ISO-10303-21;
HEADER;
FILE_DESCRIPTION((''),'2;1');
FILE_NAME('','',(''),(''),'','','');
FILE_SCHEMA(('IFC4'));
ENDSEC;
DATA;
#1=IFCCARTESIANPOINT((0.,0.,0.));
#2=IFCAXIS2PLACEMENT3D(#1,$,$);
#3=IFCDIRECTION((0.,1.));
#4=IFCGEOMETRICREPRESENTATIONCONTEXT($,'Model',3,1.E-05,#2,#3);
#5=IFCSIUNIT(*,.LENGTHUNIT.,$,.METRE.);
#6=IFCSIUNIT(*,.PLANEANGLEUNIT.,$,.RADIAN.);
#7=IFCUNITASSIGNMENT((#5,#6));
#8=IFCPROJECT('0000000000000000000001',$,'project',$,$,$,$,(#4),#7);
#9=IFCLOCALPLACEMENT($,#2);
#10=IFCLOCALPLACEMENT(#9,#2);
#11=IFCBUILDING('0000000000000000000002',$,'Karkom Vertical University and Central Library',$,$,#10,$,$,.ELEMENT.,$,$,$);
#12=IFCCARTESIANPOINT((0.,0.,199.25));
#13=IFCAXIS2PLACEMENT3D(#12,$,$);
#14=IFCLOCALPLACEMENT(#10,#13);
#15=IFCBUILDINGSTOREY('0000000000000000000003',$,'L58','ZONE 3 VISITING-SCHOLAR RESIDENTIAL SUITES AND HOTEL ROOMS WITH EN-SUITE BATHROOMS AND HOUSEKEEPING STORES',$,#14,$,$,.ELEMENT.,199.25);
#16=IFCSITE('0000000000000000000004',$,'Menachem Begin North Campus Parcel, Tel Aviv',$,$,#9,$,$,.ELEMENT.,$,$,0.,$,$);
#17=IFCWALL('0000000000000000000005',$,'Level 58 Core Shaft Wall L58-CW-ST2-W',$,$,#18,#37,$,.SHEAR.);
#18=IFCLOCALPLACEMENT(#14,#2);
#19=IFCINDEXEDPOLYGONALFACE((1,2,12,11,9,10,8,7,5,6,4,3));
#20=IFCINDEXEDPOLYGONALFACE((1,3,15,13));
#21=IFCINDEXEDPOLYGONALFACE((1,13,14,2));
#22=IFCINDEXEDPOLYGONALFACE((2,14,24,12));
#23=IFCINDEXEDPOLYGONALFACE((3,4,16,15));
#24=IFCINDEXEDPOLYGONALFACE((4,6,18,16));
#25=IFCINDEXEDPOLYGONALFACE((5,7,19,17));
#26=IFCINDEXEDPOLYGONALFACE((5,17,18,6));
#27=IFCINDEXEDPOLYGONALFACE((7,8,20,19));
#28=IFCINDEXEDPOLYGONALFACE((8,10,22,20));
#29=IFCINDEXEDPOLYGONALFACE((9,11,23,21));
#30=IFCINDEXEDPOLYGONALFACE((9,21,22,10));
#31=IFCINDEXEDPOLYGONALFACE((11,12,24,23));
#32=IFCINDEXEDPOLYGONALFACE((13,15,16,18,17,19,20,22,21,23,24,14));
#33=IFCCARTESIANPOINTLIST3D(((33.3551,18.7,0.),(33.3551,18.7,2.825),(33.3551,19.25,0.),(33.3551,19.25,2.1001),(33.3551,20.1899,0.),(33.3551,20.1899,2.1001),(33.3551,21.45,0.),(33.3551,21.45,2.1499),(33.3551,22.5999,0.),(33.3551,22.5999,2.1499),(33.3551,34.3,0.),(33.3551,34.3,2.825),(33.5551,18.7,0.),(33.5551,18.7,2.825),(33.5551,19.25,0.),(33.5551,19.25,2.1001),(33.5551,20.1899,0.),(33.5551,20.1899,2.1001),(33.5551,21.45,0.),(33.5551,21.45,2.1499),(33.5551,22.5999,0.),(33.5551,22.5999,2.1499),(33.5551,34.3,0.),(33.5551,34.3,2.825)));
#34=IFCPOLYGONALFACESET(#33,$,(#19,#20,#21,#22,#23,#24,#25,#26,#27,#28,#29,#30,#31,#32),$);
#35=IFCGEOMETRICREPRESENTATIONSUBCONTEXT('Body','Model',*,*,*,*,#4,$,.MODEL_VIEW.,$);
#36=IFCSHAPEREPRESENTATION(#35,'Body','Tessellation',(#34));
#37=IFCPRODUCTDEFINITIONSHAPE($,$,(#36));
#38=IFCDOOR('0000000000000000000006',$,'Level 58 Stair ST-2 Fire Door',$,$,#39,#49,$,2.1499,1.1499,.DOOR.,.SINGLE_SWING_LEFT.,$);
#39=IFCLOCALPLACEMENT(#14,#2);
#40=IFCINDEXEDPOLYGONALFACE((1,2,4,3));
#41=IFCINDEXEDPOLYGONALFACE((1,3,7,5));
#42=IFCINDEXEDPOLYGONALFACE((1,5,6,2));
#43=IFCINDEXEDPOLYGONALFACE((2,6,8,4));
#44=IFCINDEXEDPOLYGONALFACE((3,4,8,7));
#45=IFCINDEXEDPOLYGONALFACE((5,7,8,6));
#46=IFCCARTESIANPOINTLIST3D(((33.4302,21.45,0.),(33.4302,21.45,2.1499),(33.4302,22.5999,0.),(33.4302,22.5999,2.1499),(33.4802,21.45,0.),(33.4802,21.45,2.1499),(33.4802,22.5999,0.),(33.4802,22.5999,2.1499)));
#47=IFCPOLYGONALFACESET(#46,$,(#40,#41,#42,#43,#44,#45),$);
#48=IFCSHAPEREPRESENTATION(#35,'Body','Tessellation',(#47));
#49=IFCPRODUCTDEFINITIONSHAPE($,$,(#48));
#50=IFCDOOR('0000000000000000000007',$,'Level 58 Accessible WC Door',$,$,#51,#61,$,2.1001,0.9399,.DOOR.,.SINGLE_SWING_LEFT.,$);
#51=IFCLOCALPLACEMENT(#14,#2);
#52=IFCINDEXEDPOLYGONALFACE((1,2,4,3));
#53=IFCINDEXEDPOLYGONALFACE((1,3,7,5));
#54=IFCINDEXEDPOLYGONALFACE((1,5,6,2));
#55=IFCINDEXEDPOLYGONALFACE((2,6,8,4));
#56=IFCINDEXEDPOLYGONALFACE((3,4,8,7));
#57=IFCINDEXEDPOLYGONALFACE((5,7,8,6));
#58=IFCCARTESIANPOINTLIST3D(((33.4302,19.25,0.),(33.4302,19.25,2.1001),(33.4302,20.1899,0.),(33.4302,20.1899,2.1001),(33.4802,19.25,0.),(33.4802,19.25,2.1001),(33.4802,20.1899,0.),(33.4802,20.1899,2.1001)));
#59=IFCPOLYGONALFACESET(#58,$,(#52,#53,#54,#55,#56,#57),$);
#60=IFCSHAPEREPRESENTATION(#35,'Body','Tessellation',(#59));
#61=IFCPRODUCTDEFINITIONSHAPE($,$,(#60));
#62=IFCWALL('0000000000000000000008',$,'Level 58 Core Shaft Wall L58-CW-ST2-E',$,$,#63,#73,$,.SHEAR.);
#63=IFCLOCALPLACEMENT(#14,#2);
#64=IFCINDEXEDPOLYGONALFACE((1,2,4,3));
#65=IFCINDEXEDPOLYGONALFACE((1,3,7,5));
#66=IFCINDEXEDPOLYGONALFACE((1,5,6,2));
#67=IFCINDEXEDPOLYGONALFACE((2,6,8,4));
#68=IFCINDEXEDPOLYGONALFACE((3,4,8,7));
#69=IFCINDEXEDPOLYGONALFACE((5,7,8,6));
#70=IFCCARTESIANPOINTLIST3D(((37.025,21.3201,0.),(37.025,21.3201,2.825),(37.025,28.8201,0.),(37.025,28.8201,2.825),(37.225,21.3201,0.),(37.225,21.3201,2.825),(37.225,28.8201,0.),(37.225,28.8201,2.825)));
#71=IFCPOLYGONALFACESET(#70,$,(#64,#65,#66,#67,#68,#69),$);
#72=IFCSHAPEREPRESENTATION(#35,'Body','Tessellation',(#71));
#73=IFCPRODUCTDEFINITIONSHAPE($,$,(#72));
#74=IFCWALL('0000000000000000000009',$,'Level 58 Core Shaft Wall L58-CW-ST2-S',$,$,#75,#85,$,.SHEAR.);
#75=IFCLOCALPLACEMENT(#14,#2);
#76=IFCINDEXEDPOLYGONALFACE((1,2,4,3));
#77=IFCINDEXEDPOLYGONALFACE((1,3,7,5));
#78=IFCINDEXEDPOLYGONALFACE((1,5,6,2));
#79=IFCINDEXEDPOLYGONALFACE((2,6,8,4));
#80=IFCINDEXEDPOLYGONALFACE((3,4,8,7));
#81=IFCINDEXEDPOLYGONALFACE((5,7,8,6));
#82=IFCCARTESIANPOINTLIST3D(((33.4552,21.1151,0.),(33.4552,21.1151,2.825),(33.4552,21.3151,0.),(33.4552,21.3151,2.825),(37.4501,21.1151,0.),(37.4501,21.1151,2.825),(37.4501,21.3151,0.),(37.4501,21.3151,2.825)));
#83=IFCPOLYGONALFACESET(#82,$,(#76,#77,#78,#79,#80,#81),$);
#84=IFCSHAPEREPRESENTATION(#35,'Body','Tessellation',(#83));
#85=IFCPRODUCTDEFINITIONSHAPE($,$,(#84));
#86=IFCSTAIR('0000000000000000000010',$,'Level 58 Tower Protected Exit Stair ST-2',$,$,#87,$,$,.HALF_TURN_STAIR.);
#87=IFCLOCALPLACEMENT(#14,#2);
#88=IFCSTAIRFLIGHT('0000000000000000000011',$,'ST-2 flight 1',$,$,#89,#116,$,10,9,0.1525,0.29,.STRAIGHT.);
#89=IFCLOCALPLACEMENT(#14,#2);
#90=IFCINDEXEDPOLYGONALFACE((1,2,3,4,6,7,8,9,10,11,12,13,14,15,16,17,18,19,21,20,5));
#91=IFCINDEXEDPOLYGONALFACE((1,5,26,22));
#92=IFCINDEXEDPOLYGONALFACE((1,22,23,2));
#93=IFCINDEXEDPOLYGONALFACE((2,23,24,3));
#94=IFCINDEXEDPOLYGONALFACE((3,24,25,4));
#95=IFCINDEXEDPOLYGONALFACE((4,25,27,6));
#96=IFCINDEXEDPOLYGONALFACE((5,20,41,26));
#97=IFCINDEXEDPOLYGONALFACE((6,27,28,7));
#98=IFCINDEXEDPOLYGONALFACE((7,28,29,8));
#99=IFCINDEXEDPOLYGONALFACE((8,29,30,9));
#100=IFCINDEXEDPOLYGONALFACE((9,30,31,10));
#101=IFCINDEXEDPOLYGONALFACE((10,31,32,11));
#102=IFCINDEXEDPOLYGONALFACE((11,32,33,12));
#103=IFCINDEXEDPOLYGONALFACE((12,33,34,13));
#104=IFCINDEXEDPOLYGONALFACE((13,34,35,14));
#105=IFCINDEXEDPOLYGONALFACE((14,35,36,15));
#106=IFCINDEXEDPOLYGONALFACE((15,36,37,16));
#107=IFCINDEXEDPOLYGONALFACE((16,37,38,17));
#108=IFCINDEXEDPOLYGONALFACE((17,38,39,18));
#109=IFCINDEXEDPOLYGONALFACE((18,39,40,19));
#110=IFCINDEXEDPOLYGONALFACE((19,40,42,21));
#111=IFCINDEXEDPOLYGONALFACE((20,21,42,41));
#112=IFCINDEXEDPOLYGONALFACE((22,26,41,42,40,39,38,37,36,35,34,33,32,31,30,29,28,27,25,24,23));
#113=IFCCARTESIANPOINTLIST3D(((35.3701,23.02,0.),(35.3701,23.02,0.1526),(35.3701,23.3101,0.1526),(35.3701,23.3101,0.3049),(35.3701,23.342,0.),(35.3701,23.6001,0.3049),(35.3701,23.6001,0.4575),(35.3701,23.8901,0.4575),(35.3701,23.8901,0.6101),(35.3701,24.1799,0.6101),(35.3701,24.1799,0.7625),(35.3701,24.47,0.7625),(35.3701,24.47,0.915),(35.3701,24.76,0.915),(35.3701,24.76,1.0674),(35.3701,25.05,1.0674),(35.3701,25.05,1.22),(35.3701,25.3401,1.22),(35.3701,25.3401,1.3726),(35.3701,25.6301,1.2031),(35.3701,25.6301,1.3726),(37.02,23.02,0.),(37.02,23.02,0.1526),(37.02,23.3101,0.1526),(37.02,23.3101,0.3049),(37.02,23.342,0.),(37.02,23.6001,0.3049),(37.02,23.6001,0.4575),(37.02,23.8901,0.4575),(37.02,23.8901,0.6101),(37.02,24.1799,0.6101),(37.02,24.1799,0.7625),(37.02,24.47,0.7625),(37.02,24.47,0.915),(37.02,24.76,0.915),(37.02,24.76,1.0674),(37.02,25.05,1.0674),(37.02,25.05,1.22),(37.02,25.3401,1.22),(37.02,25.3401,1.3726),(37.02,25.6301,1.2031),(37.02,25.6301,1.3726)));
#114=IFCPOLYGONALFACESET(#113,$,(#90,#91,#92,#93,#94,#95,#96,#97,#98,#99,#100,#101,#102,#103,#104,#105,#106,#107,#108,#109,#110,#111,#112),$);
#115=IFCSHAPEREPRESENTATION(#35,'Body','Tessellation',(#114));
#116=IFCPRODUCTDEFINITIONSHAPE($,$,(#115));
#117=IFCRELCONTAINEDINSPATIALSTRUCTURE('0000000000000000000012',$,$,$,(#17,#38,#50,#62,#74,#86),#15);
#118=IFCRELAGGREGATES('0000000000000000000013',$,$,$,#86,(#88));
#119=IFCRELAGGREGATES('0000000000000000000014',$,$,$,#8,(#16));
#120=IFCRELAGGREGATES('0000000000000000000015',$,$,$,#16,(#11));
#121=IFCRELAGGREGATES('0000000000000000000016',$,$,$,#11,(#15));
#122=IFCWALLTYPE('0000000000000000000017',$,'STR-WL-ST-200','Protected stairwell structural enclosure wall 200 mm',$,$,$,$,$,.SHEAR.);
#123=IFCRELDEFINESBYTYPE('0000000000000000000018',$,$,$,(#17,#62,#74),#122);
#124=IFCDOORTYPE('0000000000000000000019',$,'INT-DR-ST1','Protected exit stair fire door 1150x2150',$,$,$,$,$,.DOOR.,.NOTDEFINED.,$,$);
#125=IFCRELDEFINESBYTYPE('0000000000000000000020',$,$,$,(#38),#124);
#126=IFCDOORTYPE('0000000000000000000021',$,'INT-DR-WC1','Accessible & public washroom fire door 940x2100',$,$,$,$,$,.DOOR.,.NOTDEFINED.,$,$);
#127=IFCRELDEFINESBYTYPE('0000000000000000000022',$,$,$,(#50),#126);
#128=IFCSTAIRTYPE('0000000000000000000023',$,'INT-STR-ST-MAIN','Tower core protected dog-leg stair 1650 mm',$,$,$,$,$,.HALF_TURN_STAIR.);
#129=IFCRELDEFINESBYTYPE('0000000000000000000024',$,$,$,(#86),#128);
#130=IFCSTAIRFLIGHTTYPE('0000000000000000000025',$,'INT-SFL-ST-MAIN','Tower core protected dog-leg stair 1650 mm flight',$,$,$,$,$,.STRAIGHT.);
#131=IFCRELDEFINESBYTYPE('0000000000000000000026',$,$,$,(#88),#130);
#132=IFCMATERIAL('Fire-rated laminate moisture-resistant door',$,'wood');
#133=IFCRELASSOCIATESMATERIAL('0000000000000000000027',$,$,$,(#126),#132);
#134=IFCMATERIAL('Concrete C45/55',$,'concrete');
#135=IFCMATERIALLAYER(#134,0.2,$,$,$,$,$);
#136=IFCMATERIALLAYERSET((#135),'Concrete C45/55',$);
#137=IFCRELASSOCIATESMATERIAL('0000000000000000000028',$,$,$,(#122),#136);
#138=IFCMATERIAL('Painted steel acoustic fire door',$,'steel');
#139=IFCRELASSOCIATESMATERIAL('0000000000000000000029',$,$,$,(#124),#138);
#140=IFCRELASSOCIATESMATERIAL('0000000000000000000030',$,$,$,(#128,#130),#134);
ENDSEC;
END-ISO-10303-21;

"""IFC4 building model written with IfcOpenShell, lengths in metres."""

from ifc_helpers import new_model, si_unit, direction, frame, frame_2d, origin, origin_with_axes, place, context, subcontext, project, spatial, polyline, rectangle, outline, extrude, source, transform, mapped, material, layer, layer_set, type_object, element, fill, aggregate, save


model = new_model("IFC4")

# Units and contexts
model_context = context("Model", 3, precision=1e-05, world=origin(), true_north=direction((0.0, 1.0)))
body_context = subcontext(model_context, "Body", "Model", "MODEL_VIEW")
ifc_project = project(units=[si_unit("LENGTHUNIT", "METRE"), si_unit("PLANEANGLEUNIT", "RADIAN")], contexts=[model_context])

# Site, building, storey
site_placement = place(None, origin())
site = spatial("IfcSite", under=ifc_project, at=site_placement, Name="Menachem Begin North Campus Parcel, Tel Aviv", CompositionType="ELEMENT", RefElevation=0.0)
building_placement = place(site_placement, origin())
building = spatial("IfcBuilding", under=site, at=building_placement, Name="Karkom Vertical University and Central Library", CompositionType="ELEMENT")
storey_placement = place(building_placement, frame((0.0, 0.0, 199.25)))
storey = spatial("IfcBuildingStorey", under=building, at=storey_placement, Name="L58", Description="ZONE 3 VISITING-SCHOLAR RESIDENTIAL SUITES AND HOTEL ROOMS WITH EN-SUITE BATHROOMS AND HOUSEKEEPING STORES", CompositionType="ELEMENT", Elevation=199.25)

# Shared definitions
ifc_material_1 = material(Name="Fire-rated laminate moisture-resistant door", Category="wood")
door_type_1 = type_object("IfcDoorType", Name="INT-DR-WC1", Description="Accessible & public washroom fire door 940x2100", OperationType="NOTDEFINED", PredefinedType="DOOR", material=ifc_material_1)
shared_shape_1 = source(origin_with_axes(), body_context, "Body", "SweptSolid", [
    extrude(rectangle(XDim=0.9399, YDim=2.1001, at=frame_2d((0.47, 1.05))), frame((0.0, 0.0249, 0.0), z_axis=(0.0, -1.0, 0.0), x_axis=(1.0, 0.0, 0.0)), (0.0, 0.0, 1.0), 0.05),
])

# Wall, openings, doors
ifc_material_2 = material(Name="Concrete C45/55", Category="concrete")
ifc_layer_1 = layer(ifc_material_2, 0.2)
ifc_layer_set_1 = layer_set([ifc_layer_1], Name="Concrete C45/55")
wall_type_1 = type_object("IfcWallType", Name="STR-WL-ST-200", Description="Protected stairwell structural enclosure wall 200 mm", PredefinedType="SHEAR", material=ifc_layer_set_1)
wall_1_placement = place(storey_placement, frame((33.4551, 18.7, 0.0), z_axis=(0.0, 0.0, 1.0), x_axis=(0.0, 1.0, 0.0)))
wall_1 = element("IfcWall", 1, at=wall_1_placement, inside=storey, type_object=wall_type_1, Name="Level 58 Core Shaft Wall L58-CW-ST2-W", PredefinedType="SHEAR", context=body_context, shape_type="SweptSolid", body=[
    extrude(rectangle(XDim=15.6001, YDim=0.2, at=frame_2d((7.8, 0.0))), origin(), (0.0, 0.0, 1.0), 2.825),
])
opening_1_placement = place(wall_1_placement, frame((2.75, 0.0, 0.0)))
opening_1 = element("IfcOpeningElement", 2, at=opening_1_placement, cuts=wall_1, PredefinedType="OPENING", context=body_context, shape_type="SweptSolid", body=[
    extrude(rectangle(XDim=1.1499, YDim=2.1499, at=frame_2d((0.575, 1.075))), frame((0.0, 0.1099, 0.0), z_axis=(0.0, -1.0, 0.0), x_axis=(1.0, 0.0, 0.0)), (0.0, 0.0, 1.0), 0.22),
])
opening_2_placement = place(wall_1_placement, frame((0.55, 0.0, 0.0)))
opening_2 = element("IfcOpeningElement", 3, at=opening_2_placement, cuts=wall_1, PredefinedType="OPENING", context=body_context, shape_type="SweptSolid", body=[
    extrude(rectangle(XDim=0.9399, YDim=2.1001, at=frame_2d((0.47, 1.05))), frame((0.0, 0.1099, 0.0), z_axis=(0.0, -1.0, 0.0), x_axis=(1.0, 0.0, 0.0)), (0.0, 0.0, 1.0), 0.22),
])
ifc_material_3 = material(Name="Painted steel acoustic fire door", Category="steel")
door_type_2 = type_object("IfcDoorType", Name="INT-DR-ST1", Description="Protected exit stair fire door 1150x2150", OperationType="NOTDEFINED", PredefinedType="DOOR", material=ifc_material_3)
shared_shape_2 = source(origin_with_axes(), body_context, "Body", "SweptSolid", [
    extrude(rectangle(XDim=1.1499, YDim=2.1499, at=frame_2d((0.575, 1.075))), frame((0.0, 0.0249, 0.0), z_axis=(0.0, -1.0, 0.0), x_axis=(1.0, 0.0, 0.0)), (0.0, 0.0, 1.0), 0.05),
])
door_1_placement = place(opening_1_placement, origin())
door_1 = element("IfcDoor", 4, at=door_1_placement, inside=storey, type_object=door_type_2, Name="Level 58 Stair ST-2 Fire Door", OperationType="SINGLE_SWING_LEFT", OverallHeight=2.1499, OverallWidth=1.1499, PredefinedType="DOOR", context=body_context, shape_type="MappedRepresentation", body=[
    mapped(shared_shape_2, transform((0.0, 0.0, 0.0), scale=1.0)),
])
fill(opening_1, door_1)
door_2_placement = place(opening_2_placement, origin())
door_2 = element("IfcDoor", 5, at=door_2_placement, inside=storey, type_object=door_type_1, Name="Level 58 Accessible WC Door", OperationType="SINGLE_SWING_LEFT", OverallHeight=2.1001, OverallWidth=0.9399, PredefinedType="DOOR", context=body_context, shape_type="MappedRepresentation", body=[
    mapped(shared_shape_1, transform((0.0, 0.0, 0.0), scale=1.0)),
])
fill(opening_2, door_2)

# Walls
wall_2_placement = place(storey_placement, frame((37.125, 21.3201, 0.0), z_axis=(0.0, 0.0, 1.0), x_axis=(0.0, 1.0, 0.0)))
element("IfcWall", 6, at=wall_2_placement, inside=storey, type_object=wall_type_1, Name="Level 58 Core Shaft Wall L58-CW-ST2-E", PredefinedType="SHEAR", context=body_context, shape_type="SweptSolid", body=[
    extrude(rectangle(XDim=7.5, YDim=0.2, at=frame_2d((3.75, 0.0))), origin(), (0.0, 0.0, 1.0), 2.825),
])
wall_3_placement = place(storey_placement, frame((33.4551, 21.2151, 0.0), z_axis=(0.0, 0.0, 1.0), x_axis=(1.0, 0.0, 0.0)))
element("IfcWall", 7, at=wall_3_placement, inside=storey, type_object=wall_type_1, Name="Level 58 Core Shaft Wall L58-CW-ST2-S", PredefinedType="SHEAR", context=body_context, shape_type="SweptSolid", body=[
    extrude(rectangle(XDim=3.9949, YDim=0.2, at=frame_2d((1.9976, 0.0))), origin(), (0.0, 0.0, 1.0), 2.825),
])

# Stair, stair flight
stair_type = type_object("IfcStairType", Name="INT-STR-ST-MAIN", Description="Tower core protected dog-leg stair 1650 mm", PredefinedType="HALF_TURN_STAIR", material=ifc_material_2)
stair_placement = place(storey_placement, origin())
stair = element("IfcStair", 8, at=stair_placement, inside=storey, type_object=stair_type, Name="Level 58 Tower Protected Exit Stair ST-2", PredefinedType="HALF_TURN_STAIR")
stair_flight_type = type_object("IfcStairFlightType", Name="INT-SFL-ST-MAIN", Description="Tower core protected dog-leg stair 1650 mm flight", PredefinedType="STRAIGHT", material=ifc_material_2)
stair_flight_placement = place(storey_placement, frame((36.1951, 23.02, 0.0), z_axis=(0.0, 0.0, 1.0), x_axis=(0.0, 1.0, 0.0)))
stair_flight = element("IfcStairFlight", 9, at=stair_flight_placement, type_object=stair_flight_type, Name="ST-2 flight 1", NumberOfRisers=10, NumberOfTreads=9, PredefinedType="STRAIGHT", RiserHeight=0.1525, TreadLength=0.29, context=body_context, shape_type="SweptSolid", body=[
    extrude(outline(polyline([(0.0, 0.0), (0.0, 0.1526), (0.29, 0.1526), (0.29, 0.3049), (0.5801, 0.3049), (0.5801, 0.4575), (0.8701, 0.4575), (0.8701, 0.6101), (1.1599, 0.6101), (1.1599, 0.7625), (1.45, 0.7625), (1.45, 0.915), (1.74, 0.915), (1.74, 1.0674), (2.03, 1.0674), (2.03, 1.22), (2.3201, 1.22), (2.3201, 1.3726), (2.6101, 1.3726), (2.6101, 1.5249), (2.6101, 1.2031), (0.322, 0.0), (0.0, 0.0)])), frame((0.0, 0.825, 0.0), z_axis=(0.0, -1.0, 0.0), x_axis=(1.0, 0.0, 0.0)), (0.0, 0.0, 1.0), 1.6499),
])
aggregate(stair, [stair_flight])

save(model, "model.ifc")
